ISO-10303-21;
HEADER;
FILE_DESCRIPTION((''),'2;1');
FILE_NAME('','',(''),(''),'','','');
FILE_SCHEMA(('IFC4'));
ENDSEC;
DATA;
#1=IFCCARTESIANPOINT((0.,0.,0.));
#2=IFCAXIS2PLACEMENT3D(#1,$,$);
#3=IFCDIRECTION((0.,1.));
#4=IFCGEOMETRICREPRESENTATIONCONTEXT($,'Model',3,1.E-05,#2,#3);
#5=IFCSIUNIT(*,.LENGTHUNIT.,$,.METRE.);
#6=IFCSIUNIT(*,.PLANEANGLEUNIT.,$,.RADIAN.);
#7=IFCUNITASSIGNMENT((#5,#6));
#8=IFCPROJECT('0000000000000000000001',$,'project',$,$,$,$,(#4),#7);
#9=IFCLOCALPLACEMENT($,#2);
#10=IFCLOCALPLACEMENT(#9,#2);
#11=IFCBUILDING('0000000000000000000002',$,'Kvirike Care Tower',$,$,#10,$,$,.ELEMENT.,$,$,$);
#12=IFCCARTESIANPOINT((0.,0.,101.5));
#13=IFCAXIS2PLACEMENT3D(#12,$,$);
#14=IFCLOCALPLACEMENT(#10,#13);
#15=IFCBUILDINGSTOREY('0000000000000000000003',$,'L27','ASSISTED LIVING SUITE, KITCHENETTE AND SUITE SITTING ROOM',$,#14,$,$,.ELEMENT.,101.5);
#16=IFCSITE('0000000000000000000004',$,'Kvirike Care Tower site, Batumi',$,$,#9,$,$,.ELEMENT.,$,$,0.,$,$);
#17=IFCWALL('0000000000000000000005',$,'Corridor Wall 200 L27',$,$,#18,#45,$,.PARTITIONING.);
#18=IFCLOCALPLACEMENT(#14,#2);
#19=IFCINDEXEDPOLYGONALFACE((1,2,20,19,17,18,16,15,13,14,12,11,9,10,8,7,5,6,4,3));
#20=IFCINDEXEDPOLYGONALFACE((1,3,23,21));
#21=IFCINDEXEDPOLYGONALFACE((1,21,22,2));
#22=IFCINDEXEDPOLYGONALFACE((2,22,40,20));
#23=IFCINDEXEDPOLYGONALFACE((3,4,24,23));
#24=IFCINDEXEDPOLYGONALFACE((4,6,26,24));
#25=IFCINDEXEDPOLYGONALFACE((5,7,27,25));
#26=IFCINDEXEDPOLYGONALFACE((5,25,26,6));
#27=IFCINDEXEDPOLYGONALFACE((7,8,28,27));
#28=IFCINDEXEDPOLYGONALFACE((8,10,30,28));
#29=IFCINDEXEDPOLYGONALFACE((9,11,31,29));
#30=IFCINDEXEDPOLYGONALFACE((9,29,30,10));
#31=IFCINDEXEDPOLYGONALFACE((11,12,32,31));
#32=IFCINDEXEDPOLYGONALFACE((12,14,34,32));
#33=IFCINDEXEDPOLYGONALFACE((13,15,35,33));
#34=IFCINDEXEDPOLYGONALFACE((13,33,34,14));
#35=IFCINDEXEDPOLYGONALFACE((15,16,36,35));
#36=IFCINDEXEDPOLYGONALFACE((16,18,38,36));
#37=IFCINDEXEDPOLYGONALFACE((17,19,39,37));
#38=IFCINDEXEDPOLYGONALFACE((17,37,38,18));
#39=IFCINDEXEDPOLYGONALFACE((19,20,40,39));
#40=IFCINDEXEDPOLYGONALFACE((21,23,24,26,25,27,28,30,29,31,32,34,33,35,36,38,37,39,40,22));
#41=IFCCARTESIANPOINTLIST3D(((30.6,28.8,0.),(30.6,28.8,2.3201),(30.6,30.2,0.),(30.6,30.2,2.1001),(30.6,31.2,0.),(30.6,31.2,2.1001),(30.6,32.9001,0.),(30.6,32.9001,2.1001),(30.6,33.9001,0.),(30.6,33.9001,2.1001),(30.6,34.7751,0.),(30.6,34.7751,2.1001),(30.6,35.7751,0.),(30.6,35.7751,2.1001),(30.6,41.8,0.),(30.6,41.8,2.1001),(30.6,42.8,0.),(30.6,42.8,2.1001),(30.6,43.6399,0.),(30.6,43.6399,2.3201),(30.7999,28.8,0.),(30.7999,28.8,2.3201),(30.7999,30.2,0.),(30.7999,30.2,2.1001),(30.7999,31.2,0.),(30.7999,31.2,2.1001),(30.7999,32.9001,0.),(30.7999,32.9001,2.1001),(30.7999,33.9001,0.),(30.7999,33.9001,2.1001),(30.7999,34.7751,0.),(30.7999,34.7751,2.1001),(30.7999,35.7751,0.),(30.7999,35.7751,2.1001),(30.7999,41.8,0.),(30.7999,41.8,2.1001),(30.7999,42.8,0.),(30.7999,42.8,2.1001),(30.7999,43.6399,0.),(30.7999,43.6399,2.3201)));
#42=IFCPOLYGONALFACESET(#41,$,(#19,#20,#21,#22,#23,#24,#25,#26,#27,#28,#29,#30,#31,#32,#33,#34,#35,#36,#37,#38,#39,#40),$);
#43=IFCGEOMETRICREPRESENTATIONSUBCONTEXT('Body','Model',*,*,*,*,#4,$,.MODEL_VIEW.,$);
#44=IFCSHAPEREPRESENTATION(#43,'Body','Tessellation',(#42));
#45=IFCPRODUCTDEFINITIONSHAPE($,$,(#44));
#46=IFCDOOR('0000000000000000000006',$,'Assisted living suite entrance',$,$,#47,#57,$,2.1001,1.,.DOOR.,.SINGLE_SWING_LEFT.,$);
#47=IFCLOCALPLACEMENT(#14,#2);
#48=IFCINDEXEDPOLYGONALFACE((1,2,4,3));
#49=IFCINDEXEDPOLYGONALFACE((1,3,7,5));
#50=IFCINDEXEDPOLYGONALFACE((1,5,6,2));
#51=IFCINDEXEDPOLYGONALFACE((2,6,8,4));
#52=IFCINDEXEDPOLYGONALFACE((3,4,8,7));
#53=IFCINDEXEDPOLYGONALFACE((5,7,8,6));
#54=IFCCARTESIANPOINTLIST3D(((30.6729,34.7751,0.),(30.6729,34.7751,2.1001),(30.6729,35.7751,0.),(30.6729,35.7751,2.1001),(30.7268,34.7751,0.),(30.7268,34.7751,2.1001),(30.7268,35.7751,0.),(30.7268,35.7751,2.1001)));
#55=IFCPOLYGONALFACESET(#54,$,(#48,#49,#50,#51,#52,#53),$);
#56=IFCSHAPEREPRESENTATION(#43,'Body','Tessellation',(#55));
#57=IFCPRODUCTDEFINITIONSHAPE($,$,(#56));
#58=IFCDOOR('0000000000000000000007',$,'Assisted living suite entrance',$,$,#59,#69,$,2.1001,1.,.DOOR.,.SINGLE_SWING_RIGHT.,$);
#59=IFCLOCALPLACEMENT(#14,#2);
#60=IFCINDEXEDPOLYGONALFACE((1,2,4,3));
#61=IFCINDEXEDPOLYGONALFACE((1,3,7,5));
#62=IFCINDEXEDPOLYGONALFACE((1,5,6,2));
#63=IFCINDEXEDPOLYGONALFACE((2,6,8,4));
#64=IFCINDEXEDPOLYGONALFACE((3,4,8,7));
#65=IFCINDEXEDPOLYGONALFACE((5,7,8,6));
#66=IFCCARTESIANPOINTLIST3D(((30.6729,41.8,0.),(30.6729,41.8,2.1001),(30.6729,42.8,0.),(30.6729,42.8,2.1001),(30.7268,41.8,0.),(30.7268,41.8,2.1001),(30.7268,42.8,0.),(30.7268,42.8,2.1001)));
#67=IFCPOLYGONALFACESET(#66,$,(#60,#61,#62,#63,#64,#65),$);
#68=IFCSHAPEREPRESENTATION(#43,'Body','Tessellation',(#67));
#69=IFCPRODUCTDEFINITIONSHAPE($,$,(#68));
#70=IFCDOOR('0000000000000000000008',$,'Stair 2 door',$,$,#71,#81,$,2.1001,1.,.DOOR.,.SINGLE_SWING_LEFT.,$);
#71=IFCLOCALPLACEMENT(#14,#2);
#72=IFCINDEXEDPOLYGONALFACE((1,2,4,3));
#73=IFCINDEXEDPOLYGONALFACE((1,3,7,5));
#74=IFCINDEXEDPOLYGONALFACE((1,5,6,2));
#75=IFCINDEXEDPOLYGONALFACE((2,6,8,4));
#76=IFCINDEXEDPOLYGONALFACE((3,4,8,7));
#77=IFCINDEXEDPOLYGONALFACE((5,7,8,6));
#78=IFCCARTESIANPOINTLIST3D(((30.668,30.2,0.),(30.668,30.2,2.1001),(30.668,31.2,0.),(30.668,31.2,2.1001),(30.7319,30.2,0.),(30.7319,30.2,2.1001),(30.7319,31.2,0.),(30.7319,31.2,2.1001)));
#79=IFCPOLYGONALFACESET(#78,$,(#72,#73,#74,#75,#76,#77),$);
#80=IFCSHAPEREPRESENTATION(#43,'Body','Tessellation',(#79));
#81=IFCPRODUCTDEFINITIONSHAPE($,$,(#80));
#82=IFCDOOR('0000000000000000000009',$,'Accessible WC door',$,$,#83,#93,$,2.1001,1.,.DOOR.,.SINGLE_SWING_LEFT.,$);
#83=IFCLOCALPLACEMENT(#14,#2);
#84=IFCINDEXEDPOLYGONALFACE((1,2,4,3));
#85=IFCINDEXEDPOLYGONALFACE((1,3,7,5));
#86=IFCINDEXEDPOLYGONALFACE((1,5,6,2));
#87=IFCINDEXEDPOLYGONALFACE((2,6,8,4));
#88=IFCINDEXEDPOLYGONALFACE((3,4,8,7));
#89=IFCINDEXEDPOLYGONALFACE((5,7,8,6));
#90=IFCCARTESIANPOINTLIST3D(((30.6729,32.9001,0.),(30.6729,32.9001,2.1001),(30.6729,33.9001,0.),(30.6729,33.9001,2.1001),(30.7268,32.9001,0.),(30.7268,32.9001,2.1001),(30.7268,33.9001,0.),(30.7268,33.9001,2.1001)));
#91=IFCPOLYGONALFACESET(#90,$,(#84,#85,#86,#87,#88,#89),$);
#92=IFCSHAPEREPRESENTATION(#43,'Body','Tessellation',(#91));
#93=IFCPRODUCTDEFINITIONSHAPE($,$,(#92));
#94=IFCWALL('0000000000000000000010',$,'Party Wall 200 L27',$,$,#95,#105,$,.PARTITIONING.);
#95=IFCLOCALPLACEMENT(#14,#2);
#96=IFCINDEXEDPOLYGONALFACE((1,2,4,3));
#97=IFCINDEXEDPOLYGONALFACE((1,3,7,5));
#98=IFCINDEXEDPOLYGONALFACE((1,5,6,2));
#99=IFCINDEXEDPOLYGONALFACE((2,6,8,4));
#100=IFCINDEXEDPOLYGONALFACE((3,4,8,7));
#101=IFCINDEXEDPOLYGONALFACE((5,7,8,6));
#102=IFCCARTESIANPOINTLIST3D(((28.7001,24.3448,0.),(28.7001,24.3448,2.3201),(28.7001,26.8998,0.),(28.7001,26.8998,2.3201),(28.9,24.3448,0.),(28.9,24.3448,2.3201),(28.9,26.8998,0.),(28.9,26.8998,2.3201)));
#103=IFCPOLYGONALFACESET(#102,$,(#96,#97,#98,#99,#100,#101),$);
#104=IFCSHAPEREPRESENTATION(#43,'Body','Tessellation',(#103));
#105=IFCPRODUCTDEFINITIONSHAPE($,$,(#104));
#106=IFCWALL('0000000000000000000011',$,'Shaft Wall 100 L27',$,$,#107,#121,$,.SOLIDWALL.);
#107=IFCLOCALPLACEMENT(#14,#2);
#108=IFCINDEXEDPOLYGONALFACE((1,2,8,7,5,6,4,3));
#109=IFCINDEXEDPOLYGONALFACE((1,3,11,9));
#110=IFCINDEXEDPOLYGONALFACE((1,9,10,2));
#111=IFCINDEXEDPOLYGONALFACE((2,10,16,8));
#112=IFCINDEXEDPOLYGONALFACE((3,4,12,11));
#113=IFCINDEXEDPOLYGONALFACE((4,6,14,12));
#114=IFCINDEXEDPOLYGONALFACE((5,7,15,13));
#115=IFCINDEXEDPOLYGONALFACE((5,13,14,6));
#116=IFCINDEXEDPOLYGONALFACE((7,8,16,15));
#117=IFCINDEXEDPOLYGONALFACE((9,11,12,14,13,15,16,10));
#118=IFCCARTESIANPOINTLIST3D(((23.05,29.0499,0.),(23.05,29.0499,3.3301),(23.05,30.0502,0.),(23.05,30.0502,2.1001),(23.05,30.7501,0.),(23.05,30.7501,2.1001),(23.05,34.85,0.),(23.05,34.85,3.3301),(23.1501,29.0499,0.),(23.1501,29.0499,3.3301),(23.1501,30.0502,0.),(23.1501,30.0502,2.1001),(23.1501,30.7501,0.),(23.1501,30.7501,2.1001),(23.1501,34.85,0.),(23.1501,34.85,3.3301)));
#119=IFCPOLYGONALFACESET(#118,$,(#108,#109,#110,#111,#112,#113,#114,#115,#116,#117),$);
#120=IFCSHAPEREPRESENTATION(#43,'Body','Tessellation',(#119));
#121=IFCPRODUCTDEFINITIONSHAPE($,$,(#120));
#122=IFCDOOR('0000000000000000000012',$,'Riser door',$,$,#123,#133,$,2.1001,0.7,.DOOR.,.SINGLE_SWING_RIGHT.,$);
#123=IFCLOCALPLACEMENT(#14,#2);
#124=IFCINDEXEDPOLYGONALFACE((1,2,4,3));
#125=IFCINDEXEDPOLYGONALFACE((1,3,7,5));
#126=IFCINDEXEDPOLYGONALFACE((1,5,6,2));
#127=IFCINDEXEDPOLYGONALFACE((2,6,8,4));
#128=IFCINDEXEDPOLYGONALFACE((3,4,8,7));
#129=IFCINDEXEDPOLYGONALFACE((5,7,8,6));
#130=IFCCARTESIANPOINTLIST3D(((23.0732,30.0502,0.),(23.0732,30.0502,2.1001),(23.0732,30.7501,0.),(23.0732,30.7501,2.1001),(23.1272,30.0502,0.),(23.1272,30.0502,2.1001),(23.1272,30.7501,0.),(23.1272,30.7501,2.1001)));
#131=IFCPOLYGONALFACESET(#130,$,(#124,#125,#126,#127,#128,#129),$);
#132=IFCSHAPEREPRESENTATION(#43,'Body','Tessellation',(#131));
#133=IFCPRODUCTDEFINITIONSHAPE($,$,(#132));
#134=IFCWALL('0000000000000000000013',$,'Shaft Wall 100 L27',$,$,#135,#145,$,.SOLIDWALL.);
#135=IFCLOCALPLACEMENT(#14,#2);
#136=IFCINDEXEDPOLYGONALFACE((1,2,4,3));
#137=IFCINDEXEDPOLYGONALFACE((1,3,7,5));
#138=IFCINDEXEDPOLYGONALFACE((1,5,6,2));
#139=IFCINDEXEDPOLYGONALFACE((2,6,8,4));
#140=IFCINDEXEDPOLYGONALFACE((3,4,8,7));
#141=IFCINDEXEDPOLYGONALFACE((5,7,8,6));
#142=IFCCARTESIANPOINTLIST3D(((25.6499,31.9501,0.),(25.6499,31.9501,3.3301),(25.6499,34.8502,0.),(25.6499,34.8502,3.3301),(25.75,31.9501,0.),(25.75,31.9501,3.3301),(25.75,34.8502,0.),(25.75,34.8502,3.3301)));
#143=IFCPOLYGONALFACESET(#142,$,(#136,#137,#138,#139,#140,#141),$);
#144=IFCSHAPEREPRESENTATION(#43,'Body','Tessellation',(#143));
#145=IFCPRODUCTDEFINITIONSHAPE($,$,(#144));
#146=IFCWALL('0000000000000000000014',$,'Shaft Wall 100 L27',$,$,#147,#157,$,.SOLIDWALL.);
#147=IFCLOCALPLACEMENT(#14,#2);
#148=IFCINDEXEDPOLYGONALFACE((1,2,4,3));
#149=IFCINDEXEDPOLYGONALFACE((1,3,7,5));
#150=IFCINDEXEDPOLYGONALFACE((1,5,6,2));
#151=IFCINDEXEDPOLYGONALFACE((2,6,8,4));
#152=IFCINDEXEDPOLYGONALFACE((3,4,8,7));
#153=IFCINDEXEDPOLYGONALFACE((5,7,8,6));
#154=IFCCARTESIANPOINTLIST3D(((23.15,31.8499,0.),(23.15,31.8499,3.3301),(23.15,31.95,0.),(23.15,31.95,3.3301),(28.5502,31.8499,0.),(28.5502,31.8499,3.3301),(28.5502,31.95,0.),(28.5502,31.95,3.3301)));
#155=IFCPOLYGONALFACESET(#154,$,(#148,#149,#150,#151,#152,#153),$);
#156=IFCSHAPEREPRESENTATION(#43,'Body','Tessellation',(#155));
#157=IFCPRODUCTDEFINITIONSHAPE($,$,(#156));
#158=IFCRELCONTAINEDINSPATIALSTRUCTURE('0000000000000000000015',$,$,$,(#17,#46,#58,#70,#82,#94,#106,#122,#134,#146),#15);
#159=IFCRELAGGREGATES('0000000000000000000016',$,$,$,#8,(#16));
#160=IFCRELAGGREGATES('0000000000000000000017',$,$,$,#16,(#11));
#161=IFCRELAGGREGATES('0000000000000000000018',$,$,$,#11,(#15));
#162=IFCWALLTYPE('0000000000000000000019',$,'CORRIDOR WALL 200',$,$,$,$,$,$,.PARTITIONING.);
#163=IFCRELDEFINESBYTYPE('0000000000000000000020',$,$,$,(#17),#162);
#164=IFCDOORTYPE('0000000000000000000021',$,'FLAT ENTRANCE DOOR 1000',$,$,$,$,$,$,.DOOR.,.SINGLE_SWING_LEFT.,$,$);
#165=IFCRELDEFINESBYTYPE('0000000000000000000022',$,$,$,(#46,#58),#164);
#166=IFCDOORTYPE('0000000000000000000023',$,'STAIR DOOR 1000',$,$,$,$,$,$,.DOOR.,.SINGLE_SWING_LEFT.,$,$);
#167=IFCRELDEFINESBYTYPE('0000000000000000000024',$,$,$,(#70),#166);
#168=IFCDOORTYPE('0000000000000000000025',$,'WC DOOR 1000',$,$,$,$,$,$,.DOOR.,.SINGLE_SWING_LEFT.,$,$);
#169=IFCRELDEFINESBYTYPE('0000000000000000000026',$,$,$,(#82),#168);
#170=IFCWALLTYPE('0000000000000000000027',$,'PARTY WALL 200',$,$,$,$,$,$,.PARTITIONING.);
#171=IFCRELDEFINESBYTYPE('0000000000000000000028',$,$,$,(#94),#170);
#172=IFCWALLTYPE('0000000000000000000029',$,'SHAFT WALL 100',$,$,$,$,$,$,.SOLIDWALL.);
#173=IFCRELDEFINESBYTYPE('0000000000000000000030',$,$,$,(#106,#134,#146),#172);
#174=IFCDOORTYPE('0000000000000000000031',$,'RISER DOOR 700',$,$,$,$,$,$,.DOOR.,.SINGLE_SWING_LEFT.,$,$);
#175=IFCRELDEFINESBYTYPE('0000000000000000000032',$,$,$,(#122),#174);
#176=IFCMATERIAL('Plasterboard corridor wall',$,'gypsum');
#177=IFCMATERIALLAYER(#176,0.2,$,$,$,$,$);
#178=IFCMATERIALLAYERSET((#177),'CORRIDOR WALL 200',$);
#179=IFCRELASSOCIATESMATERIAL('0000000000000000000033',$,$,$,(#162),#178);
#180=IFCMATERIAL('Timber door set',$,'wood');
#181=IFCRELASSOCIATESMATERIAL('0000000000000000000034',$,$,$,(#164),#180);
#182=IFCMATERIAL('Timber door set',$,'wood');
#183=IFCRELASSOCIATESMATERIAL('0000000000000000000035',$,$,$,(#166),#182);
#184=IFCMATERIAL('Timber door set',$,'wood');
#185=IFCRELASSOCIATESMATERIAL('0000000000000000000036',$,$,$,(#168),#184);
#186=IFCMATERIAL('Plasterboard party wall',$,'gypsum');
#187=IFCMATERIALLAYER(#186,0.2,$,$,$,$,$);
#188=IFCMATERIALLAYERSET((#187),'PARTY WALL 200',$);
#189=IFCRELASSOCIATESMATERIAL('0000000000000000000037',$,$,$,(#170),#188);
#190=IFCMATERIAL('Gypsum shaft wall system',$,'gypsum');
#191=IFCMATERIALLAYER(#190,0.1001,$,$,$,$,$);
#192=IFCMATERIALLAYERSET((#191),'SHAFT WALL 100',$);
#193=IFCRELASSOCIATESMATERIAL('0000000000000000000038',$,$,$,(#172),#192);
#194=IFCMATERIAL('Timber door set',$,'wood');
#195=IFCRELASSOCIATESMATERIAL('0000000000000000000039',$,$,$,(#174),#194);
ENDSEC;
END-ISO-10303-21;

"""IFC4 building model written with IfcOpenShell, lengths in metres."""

from ifc_helpers import new_model, si_unit, direction, frame, frame_2d, origin, place, context, subcontext, project, spatial, rectangle, extrude, material, layer, layer_set, type_object, element, fill, save


model = new_model("IFC4")

# Units and contexts
model_context = context("Model", 3, precision=1e-05, world=origin(), true_north=direction((0.0, 1.0)))
body_context = subcontext(model_context, "Body", "Model", "MODEL_VIEW")
ifc_project = project(units=[si_unit("LENGTHUNIT", "METRE"), si_unit("PLANEANGLEUNIT", "RADIAN")], contexts=[model_context])

# Site, building, storey
site_placement = place(None, origin())
site = spatial("IfcSite", under=ifc_project, at=site_placement, Name="Kvirike Care Tower site, Batumi", CompositionType="ELEMENT", RefElevation=0.0)
building_placement = place(site_placement, origin())
building = spatial("IfcBuilding", under=site, at=building_placement, Name="Kvirike Care Tower", CompositionType="ELEMENT")
storey_placement = place(building_placement, frame((0.0, 0.0, 101.5)))
storey = spatial("IfcBuildingStorey", under=building, at=storey_placement, Name="L27", Description="ASSISTED LIVING SUITE, KITCHENETTE AND SUITE SITTING ROOM", CompositionType="ELEMENT", Elevation=101.5)

# Shared definitions
ifc_material_1 = material(Name="Plasterboard corridor wall", Category="gypsum")
ifc_layer_1 = layer(ifc_material_1, 0.2)
ifc_layer_set_1 = layer_set([ifc_layer_1], Name="CORRIDOR WALL 200")
wall_type_1 = type_object("IfcWallType", Name="CORRIDOR WALL 200", PredefinedType="PARTITIONING", material=ifc_layer_set_1)
ifc_material_2 = material(Name="Timber door set", Category="wood")
door_type_1 = type_object("IfcDoorType", Name="FLAT ENTRANCE DOOR 1000", OperationType="SINGLE_SWING_LEFT", PredefinedType="DOOR", material=ifc_material_2)

# Wall, openings, doors
wall_1_placement = place(storey_placement, frame((30.7, 28.8, 0.0), z_axis=(0.0, 0.0, 1.0), x_axis=(0.0, 1.0, 0.0)))
wall_1 = element("IfcWall", 1, at=wall_1_placement, inside=storey, type_object=wall_type_1, Name="Corridor Wall 200 L27", PredefinedType="PARTITIONING", context=body_context, shape_type="SweptSolid", body=[
    extrude(rectangle(XDim=14.8398, YDim=0.2, at=frame_2d((7.4199, 0.0))), origin(), (0.0, 0.0, 1.0), 2.3201),
])
opening_1_placement = place(wall_1_placement, frame((1.3999, 0.0, 0.0)))
opening_1 = element("IfcOpeningElement", 2, at=opening_1_placement, cuts=wall_1, PredefinedType="OPENING", context=body_context, shape_type="SweptSolid", body=[
    extrude(rectangle(XDim=1.0, YDim=2.1001, at=frame_2d((0.5, 1.05))), frame((0.0, 0.1106, 0.0), z_axis=(0.0, -1.0, 0.0), x_axis=(1.0, 0.0, 0.0)), (0.0, 0.0, 1.0), 0.2209),
])
opening_2_placement = place(wall_1_placement, frame((4.1001, 0.0, 0.0)))
opening_2 = element("IfcOpeningElement", 3, at=opening_2_placement, cuts=wall_1, PredefinedType="OPENING", context=body_context, shape_type="SweptSolid", body=[
    extrude(rectangle(XDim=1.0, YDim=2.1001, at=frame_2d((0.5, 1.05))), frame((0.0, 0.1106, 0.0), z_axis=(0.0, -1.0, 0.0), x_axis=(1.0, 0.0, 0.0)), (0.0, 0.0, 1.0), 0.2209),
])
opening_3_placement = place(wall_1_placement, frame((5.9751, 0.0, 0.0)))
opening_3 = element("IfcOpeningElement", 4, at=opening_3_placement, cuts=wall_1, PredefinedType="OPENING", context=body_context, shape_type="SweptSolid", body=[
    extrude(rectangle(XDim=1.0, YDim=2.1001, at=frame_2d((0.5, 1.05))), frame((0.0, 0.1106, 0.0), z_axis=(0.0, -1.0, 0.0), x_axis=(1.0, 0.0, 0.0)), (0.0, 0.0, 1.0), 0.2209),
])
opening_4_placement = place(wall_1_placement, frame((13.0, 0.0, 0.0)))
opening_4 = element("IfcOpeningElement", 5, at=opening_4_placement, cuts=wall_1, PredefinedType="OPENING", context=body_context, shape_type="SweptSolid", body=[
    extrude(rectangle(XDim=1.0, YDim=2.1001, at=frame_2d((0.5, 1.05))), frame((0.0, 0.1106, 0.0), z_axis=(0.0, -1.0, 0.0), x_axis=(1.0, 0.0, 0.0)), (0.0, 0.0, 1.0), 0.2209),
])
door_1_placement = place(opening_3_placement, frame((1.0, 0.0, 0.0), z_axis=(0.0, 0.0, 1.0), x_axis=(-1.0, 0.0, 0.0)))
door_1 = element("IfcDoor", 6, at=door_1_placement, inside=storey, type_object=door_type_1, Name="Assisted living suite entrance", OperationType="SINGLE_SWING_LEFT", OverallHeight=2.1001, OverallWidth=1.0, PredefinedType="DOOR", context=body_context, shape_type="SweptSolid", body=[
    extrude(rectangle(XDim=1.0, YDim=2.1001, at=frame_2d((0.5, 1.05))), frame((0.0, 0.0269, 0.0), z_axis=(0.0, -1.0, 0.0), x_axis=(1.0, 0.0, 0.0)), (0.0, 0.0, 1.0), 0.054),
])
fill(opening_3, door_1)
door_2_placement = place(opening_4_placement, frame((1.0, 0.0, 0.0), z_axis=(0.0, 0.0, 1.0), x_axis=(-1.0, 0.0, 0.0)))
door_2 = element("IfcDoor", 7, at=door_2_placement, inside=storey, type_object=door_type_1, Name="Assisted living suite entrance", OperationType="SINGLE_SWING_RIGHT", OverallHeight=2.1001, OverallWidth=1.0, PredefinedType="DOOR", context=body_context, shape_type="SweptSolid", body=[
    extrude(rectangle(XDim=1.0, YDim=2.1001, at=frame_2d((0.5, 1.05))), frame((0.0, 0.0269, 0.0), z_axis=(0.0, -1.0, 0.0), x_axis=(1.0, 0.0, 0.0)), (0.0, 0.0, 1.0), 0.054),
])
fill(opening_4, door_2)
ifc_material_3 = material(Name="Timber door set", Category="wood")
door_type_2 = type_object("IfcDoorType", Name="STAIR DOOR 1000", OperationType="SINGLE_SWING_LEFT", PredefinedType="DOOR", material=ifc_material_3)
door_3_placement = place(opening_1_placement, frame((1.0, 0.0, 0.0), z_axis=(0.0, 0.0, 1.0), x_axis=(-1.0, 0.0, 0.0)))
door_3 = element("IfcDoor", 8, at=door_3_placement, inside=storey, type_object=door_type_2, Name="Stair 2 door", OperationType="SINGLE_SWING_LEFT", OverallHeight=2.1001, OverallWidth=1.0, PredefinedType="DOOR", context=body_context, shape_type="SweptSolid", body=[
    extrude(rectangle(XDim=1.0, YDim=2.1001, at=frame_2d((0.5, 1.05))), frame((0.0, 0.032, 0.0), z_axis=(0.0, -1.0, 0.0), x_axis=(1.0, 0.0, 0.0)), (0.0, 0.0, 1.0), 0.064),
])
fill(opening_1, door_3)
ifc_material_4 = material(Name="Timber door set", Category="wood")
door_type_3 = type_object("IfcDoorType", Name="WC DOOR 1000", OperationType="SINGLE_SWING_LEFT", PredefinedType="DOOR", material=ifc_material_4)
door_4_placement = place(opening_2_placement, frame((1.0, 0.0, 0.0), z_axis=(0.0, 0.0, 1.0), x_axis=(-1.0, 0.0, 0.0)))
door_4 = element("IfcDoor", 9, at=door_4_placement, inside=storey, type_object=door_type_3, Name="Accessible WC door", OperationType="SINGLE_SWING_LEFT", OverallHeight=2.1001, OverallWidth=1.0, PredefinedType="DOOR", context=body_context, shape_type="SweptSolid", body=[
    extrude(rectangle(XDim=1.0, YDim=2.1001, at=frame_2d((0.5, 1.05))), frame((0.0, 0.0269, 0.0), z_axis=(0.0, -1.0, 0.0), x_axis=(1.0, 0.0, 0.0)), (0.0, 0.0, 1.0), 0.054),
])
fill(opening_2, door_4)

# Wall
ifc_material_5 = material(Name="Plasterboard party wall", Category="gypsum")
ifc_layer_2 = layer(ifc_material_5, 0.2)
ifc_layer_set_2 = layer_set([ifc_layer_2], Name="PARTY WALL 200")
wall_type_2 = type_object("IfcWallType", Name="PARTY WALL 200", PredefinedType="PARTITIONING", material=ifc_layer_set_2)
wall_2_placement = place(storey_placement, frame((28.8, 24.345, 0.0), z_axis=(0.0, 0.0, 1.0), x_axis=(0.0, 1.0, 0.0)))
element("IfcWall", 10, at=wall_2_placement, inside=storey, type_object=wall_type_2, Name="Party Wall 200 L27", PredefinedType="PARTITIONING", context=body_context, shape_type="SweptSolid", body=[
    extrude(rectangle(XDim=2.5549, YDim=0.2, at=frame_2d((1.2773, 0.0))), origin(), (0.0, 0.0, 1.0), 2.3201),
])

# Wall, opening, door
ifc_material_6 = material(Name="Gypsum shaft wall system", Category="gypsum")
ifc_layer_3 = layer(ifc_material_6, 0.1001)
ifc_layer_set_3 = layer_set([ifc_layer_3], Name="SHAFT WALL 100")
wall_type_3 = type_object("IfcWallType", Name="SHAFT WALL 100", PredefinedType="SOLIDWALL", material=ifc_layer_set_3)
wall_3_placement = place(storey_placement, frame((23.1001, 29.05, 0.0), z_axis=(0.0, 0.0, 1.0), x_axis=(0.0, 1.0, 0.0)))
wall_3 = element("IfcWall", 11, at=wall_3_placement, inside=storey, type_object=wall_type_3, Name="Shaft Wall 100 L27", PredefinedType="SOLIDWALL", context=body_context, shape_type="SweptSolid", body=[
    extrude(rectangle(XDim=5.8, YDim=0.1001, at=frame_2d((2.8999, 0.0))), origin(), (0.0, 0.0, 1.0), 3.3301),
])
opening_5_placement = place(wall_3_placement, frame((1.0, 0.0, 0.0)))
opening_5 = element("IfcOpeningElement", 12, at=opening_5_placement, cuts=wall_3, PredefinedType="OPENING", context=body_context, shape_type="SweptSolid", body=[
    extrude(rectangle(XDim=0.7, YDim=2.1001, at=frame_2d((0.3501, 1.05))), frame((0.0, 0.0605, 0.0), z_axis=(0.0, -1.0, 0.0), x_axis=(1.0, 0.0, 0.0)), (0.0, 0.0, 1.0), 0.1211),
])
ifc_material_7 = material(Name="Timber door set", Category="wood")
door_type_4 = type_object("IfcDoorType", Name="RISER DOOR 700", OperationType="SINGLE_SWING_LEFT", PredefinedType="DOOR", material=ifc_material_7)
door_5_placement = place(opening_5_placement, origin())
door_5 = element("IfcDoor", 13, at=door_5_placement, inside=storey, type_object=door_type_4, Name="Riser door", OperationType="SINGLE_SWING_RIGHT", OverallHeight=2.1001, OverallWidth=0.7, PredefinedType="DOOR", context=body_context, shape_type="SweptSolid", body=[
    extrude(rectangle(XDim=0.7, YDim=2.1001, at=frame_2d((0.3501, 1.05))), frame((0.0, 0.0269, 0.0), z_axis=(0.0, -1.0, 0.0), x_axis=(1.0, 0.0, 0.0)), (0.0, 0.0, 1.0), 0.054),
])
fill(opening_5, door_5)

# Walls
wall_4_placement = place(storey_placement, frame((25.7, 31.95, 0.0), z_axis=(0.0, 0.0, 1.0), x_axis=(0.0, 1.0, 0.0)))
element("IfcWall", 14, at=wall_4_placement, inside=storey, type_object=wall_type_3, Name="Shaft Wall 100 L27", PredefinedType="SOLIDWALL", context=body_context, shape_type="SweptSolid", body=[
    extrude(rectangle(XDim=2.9001, YDim=0.1001, at=frame_2d((1.4502, 0.0))), origin(), (0.0, 0.0, 1.0), 3.3301),
])
wall_5_placement = place(storey_placement, frame((23.1499, 31.8999, 0.0), z_axis=(0.0, 0.0, 1.0), x_axis=(1.0, 0.0, 0.0)))
element("IfcWall", 15, at=wall_5_placement, inside=storey, type_object=wall_type_3, Name="Shaft Wall 100 L27", PredefinedType="SOLIDWALL", context=body_context, shape_type="SweptSolid", body=[
    extrude(rectangle(XDim=5.4001, YDim=0.1001, at=frame_2d((2.7002, 0.0))), origin(), (0.0, 0.0, 1.0), 3.3301),
])

save(model, "model.ifc")
